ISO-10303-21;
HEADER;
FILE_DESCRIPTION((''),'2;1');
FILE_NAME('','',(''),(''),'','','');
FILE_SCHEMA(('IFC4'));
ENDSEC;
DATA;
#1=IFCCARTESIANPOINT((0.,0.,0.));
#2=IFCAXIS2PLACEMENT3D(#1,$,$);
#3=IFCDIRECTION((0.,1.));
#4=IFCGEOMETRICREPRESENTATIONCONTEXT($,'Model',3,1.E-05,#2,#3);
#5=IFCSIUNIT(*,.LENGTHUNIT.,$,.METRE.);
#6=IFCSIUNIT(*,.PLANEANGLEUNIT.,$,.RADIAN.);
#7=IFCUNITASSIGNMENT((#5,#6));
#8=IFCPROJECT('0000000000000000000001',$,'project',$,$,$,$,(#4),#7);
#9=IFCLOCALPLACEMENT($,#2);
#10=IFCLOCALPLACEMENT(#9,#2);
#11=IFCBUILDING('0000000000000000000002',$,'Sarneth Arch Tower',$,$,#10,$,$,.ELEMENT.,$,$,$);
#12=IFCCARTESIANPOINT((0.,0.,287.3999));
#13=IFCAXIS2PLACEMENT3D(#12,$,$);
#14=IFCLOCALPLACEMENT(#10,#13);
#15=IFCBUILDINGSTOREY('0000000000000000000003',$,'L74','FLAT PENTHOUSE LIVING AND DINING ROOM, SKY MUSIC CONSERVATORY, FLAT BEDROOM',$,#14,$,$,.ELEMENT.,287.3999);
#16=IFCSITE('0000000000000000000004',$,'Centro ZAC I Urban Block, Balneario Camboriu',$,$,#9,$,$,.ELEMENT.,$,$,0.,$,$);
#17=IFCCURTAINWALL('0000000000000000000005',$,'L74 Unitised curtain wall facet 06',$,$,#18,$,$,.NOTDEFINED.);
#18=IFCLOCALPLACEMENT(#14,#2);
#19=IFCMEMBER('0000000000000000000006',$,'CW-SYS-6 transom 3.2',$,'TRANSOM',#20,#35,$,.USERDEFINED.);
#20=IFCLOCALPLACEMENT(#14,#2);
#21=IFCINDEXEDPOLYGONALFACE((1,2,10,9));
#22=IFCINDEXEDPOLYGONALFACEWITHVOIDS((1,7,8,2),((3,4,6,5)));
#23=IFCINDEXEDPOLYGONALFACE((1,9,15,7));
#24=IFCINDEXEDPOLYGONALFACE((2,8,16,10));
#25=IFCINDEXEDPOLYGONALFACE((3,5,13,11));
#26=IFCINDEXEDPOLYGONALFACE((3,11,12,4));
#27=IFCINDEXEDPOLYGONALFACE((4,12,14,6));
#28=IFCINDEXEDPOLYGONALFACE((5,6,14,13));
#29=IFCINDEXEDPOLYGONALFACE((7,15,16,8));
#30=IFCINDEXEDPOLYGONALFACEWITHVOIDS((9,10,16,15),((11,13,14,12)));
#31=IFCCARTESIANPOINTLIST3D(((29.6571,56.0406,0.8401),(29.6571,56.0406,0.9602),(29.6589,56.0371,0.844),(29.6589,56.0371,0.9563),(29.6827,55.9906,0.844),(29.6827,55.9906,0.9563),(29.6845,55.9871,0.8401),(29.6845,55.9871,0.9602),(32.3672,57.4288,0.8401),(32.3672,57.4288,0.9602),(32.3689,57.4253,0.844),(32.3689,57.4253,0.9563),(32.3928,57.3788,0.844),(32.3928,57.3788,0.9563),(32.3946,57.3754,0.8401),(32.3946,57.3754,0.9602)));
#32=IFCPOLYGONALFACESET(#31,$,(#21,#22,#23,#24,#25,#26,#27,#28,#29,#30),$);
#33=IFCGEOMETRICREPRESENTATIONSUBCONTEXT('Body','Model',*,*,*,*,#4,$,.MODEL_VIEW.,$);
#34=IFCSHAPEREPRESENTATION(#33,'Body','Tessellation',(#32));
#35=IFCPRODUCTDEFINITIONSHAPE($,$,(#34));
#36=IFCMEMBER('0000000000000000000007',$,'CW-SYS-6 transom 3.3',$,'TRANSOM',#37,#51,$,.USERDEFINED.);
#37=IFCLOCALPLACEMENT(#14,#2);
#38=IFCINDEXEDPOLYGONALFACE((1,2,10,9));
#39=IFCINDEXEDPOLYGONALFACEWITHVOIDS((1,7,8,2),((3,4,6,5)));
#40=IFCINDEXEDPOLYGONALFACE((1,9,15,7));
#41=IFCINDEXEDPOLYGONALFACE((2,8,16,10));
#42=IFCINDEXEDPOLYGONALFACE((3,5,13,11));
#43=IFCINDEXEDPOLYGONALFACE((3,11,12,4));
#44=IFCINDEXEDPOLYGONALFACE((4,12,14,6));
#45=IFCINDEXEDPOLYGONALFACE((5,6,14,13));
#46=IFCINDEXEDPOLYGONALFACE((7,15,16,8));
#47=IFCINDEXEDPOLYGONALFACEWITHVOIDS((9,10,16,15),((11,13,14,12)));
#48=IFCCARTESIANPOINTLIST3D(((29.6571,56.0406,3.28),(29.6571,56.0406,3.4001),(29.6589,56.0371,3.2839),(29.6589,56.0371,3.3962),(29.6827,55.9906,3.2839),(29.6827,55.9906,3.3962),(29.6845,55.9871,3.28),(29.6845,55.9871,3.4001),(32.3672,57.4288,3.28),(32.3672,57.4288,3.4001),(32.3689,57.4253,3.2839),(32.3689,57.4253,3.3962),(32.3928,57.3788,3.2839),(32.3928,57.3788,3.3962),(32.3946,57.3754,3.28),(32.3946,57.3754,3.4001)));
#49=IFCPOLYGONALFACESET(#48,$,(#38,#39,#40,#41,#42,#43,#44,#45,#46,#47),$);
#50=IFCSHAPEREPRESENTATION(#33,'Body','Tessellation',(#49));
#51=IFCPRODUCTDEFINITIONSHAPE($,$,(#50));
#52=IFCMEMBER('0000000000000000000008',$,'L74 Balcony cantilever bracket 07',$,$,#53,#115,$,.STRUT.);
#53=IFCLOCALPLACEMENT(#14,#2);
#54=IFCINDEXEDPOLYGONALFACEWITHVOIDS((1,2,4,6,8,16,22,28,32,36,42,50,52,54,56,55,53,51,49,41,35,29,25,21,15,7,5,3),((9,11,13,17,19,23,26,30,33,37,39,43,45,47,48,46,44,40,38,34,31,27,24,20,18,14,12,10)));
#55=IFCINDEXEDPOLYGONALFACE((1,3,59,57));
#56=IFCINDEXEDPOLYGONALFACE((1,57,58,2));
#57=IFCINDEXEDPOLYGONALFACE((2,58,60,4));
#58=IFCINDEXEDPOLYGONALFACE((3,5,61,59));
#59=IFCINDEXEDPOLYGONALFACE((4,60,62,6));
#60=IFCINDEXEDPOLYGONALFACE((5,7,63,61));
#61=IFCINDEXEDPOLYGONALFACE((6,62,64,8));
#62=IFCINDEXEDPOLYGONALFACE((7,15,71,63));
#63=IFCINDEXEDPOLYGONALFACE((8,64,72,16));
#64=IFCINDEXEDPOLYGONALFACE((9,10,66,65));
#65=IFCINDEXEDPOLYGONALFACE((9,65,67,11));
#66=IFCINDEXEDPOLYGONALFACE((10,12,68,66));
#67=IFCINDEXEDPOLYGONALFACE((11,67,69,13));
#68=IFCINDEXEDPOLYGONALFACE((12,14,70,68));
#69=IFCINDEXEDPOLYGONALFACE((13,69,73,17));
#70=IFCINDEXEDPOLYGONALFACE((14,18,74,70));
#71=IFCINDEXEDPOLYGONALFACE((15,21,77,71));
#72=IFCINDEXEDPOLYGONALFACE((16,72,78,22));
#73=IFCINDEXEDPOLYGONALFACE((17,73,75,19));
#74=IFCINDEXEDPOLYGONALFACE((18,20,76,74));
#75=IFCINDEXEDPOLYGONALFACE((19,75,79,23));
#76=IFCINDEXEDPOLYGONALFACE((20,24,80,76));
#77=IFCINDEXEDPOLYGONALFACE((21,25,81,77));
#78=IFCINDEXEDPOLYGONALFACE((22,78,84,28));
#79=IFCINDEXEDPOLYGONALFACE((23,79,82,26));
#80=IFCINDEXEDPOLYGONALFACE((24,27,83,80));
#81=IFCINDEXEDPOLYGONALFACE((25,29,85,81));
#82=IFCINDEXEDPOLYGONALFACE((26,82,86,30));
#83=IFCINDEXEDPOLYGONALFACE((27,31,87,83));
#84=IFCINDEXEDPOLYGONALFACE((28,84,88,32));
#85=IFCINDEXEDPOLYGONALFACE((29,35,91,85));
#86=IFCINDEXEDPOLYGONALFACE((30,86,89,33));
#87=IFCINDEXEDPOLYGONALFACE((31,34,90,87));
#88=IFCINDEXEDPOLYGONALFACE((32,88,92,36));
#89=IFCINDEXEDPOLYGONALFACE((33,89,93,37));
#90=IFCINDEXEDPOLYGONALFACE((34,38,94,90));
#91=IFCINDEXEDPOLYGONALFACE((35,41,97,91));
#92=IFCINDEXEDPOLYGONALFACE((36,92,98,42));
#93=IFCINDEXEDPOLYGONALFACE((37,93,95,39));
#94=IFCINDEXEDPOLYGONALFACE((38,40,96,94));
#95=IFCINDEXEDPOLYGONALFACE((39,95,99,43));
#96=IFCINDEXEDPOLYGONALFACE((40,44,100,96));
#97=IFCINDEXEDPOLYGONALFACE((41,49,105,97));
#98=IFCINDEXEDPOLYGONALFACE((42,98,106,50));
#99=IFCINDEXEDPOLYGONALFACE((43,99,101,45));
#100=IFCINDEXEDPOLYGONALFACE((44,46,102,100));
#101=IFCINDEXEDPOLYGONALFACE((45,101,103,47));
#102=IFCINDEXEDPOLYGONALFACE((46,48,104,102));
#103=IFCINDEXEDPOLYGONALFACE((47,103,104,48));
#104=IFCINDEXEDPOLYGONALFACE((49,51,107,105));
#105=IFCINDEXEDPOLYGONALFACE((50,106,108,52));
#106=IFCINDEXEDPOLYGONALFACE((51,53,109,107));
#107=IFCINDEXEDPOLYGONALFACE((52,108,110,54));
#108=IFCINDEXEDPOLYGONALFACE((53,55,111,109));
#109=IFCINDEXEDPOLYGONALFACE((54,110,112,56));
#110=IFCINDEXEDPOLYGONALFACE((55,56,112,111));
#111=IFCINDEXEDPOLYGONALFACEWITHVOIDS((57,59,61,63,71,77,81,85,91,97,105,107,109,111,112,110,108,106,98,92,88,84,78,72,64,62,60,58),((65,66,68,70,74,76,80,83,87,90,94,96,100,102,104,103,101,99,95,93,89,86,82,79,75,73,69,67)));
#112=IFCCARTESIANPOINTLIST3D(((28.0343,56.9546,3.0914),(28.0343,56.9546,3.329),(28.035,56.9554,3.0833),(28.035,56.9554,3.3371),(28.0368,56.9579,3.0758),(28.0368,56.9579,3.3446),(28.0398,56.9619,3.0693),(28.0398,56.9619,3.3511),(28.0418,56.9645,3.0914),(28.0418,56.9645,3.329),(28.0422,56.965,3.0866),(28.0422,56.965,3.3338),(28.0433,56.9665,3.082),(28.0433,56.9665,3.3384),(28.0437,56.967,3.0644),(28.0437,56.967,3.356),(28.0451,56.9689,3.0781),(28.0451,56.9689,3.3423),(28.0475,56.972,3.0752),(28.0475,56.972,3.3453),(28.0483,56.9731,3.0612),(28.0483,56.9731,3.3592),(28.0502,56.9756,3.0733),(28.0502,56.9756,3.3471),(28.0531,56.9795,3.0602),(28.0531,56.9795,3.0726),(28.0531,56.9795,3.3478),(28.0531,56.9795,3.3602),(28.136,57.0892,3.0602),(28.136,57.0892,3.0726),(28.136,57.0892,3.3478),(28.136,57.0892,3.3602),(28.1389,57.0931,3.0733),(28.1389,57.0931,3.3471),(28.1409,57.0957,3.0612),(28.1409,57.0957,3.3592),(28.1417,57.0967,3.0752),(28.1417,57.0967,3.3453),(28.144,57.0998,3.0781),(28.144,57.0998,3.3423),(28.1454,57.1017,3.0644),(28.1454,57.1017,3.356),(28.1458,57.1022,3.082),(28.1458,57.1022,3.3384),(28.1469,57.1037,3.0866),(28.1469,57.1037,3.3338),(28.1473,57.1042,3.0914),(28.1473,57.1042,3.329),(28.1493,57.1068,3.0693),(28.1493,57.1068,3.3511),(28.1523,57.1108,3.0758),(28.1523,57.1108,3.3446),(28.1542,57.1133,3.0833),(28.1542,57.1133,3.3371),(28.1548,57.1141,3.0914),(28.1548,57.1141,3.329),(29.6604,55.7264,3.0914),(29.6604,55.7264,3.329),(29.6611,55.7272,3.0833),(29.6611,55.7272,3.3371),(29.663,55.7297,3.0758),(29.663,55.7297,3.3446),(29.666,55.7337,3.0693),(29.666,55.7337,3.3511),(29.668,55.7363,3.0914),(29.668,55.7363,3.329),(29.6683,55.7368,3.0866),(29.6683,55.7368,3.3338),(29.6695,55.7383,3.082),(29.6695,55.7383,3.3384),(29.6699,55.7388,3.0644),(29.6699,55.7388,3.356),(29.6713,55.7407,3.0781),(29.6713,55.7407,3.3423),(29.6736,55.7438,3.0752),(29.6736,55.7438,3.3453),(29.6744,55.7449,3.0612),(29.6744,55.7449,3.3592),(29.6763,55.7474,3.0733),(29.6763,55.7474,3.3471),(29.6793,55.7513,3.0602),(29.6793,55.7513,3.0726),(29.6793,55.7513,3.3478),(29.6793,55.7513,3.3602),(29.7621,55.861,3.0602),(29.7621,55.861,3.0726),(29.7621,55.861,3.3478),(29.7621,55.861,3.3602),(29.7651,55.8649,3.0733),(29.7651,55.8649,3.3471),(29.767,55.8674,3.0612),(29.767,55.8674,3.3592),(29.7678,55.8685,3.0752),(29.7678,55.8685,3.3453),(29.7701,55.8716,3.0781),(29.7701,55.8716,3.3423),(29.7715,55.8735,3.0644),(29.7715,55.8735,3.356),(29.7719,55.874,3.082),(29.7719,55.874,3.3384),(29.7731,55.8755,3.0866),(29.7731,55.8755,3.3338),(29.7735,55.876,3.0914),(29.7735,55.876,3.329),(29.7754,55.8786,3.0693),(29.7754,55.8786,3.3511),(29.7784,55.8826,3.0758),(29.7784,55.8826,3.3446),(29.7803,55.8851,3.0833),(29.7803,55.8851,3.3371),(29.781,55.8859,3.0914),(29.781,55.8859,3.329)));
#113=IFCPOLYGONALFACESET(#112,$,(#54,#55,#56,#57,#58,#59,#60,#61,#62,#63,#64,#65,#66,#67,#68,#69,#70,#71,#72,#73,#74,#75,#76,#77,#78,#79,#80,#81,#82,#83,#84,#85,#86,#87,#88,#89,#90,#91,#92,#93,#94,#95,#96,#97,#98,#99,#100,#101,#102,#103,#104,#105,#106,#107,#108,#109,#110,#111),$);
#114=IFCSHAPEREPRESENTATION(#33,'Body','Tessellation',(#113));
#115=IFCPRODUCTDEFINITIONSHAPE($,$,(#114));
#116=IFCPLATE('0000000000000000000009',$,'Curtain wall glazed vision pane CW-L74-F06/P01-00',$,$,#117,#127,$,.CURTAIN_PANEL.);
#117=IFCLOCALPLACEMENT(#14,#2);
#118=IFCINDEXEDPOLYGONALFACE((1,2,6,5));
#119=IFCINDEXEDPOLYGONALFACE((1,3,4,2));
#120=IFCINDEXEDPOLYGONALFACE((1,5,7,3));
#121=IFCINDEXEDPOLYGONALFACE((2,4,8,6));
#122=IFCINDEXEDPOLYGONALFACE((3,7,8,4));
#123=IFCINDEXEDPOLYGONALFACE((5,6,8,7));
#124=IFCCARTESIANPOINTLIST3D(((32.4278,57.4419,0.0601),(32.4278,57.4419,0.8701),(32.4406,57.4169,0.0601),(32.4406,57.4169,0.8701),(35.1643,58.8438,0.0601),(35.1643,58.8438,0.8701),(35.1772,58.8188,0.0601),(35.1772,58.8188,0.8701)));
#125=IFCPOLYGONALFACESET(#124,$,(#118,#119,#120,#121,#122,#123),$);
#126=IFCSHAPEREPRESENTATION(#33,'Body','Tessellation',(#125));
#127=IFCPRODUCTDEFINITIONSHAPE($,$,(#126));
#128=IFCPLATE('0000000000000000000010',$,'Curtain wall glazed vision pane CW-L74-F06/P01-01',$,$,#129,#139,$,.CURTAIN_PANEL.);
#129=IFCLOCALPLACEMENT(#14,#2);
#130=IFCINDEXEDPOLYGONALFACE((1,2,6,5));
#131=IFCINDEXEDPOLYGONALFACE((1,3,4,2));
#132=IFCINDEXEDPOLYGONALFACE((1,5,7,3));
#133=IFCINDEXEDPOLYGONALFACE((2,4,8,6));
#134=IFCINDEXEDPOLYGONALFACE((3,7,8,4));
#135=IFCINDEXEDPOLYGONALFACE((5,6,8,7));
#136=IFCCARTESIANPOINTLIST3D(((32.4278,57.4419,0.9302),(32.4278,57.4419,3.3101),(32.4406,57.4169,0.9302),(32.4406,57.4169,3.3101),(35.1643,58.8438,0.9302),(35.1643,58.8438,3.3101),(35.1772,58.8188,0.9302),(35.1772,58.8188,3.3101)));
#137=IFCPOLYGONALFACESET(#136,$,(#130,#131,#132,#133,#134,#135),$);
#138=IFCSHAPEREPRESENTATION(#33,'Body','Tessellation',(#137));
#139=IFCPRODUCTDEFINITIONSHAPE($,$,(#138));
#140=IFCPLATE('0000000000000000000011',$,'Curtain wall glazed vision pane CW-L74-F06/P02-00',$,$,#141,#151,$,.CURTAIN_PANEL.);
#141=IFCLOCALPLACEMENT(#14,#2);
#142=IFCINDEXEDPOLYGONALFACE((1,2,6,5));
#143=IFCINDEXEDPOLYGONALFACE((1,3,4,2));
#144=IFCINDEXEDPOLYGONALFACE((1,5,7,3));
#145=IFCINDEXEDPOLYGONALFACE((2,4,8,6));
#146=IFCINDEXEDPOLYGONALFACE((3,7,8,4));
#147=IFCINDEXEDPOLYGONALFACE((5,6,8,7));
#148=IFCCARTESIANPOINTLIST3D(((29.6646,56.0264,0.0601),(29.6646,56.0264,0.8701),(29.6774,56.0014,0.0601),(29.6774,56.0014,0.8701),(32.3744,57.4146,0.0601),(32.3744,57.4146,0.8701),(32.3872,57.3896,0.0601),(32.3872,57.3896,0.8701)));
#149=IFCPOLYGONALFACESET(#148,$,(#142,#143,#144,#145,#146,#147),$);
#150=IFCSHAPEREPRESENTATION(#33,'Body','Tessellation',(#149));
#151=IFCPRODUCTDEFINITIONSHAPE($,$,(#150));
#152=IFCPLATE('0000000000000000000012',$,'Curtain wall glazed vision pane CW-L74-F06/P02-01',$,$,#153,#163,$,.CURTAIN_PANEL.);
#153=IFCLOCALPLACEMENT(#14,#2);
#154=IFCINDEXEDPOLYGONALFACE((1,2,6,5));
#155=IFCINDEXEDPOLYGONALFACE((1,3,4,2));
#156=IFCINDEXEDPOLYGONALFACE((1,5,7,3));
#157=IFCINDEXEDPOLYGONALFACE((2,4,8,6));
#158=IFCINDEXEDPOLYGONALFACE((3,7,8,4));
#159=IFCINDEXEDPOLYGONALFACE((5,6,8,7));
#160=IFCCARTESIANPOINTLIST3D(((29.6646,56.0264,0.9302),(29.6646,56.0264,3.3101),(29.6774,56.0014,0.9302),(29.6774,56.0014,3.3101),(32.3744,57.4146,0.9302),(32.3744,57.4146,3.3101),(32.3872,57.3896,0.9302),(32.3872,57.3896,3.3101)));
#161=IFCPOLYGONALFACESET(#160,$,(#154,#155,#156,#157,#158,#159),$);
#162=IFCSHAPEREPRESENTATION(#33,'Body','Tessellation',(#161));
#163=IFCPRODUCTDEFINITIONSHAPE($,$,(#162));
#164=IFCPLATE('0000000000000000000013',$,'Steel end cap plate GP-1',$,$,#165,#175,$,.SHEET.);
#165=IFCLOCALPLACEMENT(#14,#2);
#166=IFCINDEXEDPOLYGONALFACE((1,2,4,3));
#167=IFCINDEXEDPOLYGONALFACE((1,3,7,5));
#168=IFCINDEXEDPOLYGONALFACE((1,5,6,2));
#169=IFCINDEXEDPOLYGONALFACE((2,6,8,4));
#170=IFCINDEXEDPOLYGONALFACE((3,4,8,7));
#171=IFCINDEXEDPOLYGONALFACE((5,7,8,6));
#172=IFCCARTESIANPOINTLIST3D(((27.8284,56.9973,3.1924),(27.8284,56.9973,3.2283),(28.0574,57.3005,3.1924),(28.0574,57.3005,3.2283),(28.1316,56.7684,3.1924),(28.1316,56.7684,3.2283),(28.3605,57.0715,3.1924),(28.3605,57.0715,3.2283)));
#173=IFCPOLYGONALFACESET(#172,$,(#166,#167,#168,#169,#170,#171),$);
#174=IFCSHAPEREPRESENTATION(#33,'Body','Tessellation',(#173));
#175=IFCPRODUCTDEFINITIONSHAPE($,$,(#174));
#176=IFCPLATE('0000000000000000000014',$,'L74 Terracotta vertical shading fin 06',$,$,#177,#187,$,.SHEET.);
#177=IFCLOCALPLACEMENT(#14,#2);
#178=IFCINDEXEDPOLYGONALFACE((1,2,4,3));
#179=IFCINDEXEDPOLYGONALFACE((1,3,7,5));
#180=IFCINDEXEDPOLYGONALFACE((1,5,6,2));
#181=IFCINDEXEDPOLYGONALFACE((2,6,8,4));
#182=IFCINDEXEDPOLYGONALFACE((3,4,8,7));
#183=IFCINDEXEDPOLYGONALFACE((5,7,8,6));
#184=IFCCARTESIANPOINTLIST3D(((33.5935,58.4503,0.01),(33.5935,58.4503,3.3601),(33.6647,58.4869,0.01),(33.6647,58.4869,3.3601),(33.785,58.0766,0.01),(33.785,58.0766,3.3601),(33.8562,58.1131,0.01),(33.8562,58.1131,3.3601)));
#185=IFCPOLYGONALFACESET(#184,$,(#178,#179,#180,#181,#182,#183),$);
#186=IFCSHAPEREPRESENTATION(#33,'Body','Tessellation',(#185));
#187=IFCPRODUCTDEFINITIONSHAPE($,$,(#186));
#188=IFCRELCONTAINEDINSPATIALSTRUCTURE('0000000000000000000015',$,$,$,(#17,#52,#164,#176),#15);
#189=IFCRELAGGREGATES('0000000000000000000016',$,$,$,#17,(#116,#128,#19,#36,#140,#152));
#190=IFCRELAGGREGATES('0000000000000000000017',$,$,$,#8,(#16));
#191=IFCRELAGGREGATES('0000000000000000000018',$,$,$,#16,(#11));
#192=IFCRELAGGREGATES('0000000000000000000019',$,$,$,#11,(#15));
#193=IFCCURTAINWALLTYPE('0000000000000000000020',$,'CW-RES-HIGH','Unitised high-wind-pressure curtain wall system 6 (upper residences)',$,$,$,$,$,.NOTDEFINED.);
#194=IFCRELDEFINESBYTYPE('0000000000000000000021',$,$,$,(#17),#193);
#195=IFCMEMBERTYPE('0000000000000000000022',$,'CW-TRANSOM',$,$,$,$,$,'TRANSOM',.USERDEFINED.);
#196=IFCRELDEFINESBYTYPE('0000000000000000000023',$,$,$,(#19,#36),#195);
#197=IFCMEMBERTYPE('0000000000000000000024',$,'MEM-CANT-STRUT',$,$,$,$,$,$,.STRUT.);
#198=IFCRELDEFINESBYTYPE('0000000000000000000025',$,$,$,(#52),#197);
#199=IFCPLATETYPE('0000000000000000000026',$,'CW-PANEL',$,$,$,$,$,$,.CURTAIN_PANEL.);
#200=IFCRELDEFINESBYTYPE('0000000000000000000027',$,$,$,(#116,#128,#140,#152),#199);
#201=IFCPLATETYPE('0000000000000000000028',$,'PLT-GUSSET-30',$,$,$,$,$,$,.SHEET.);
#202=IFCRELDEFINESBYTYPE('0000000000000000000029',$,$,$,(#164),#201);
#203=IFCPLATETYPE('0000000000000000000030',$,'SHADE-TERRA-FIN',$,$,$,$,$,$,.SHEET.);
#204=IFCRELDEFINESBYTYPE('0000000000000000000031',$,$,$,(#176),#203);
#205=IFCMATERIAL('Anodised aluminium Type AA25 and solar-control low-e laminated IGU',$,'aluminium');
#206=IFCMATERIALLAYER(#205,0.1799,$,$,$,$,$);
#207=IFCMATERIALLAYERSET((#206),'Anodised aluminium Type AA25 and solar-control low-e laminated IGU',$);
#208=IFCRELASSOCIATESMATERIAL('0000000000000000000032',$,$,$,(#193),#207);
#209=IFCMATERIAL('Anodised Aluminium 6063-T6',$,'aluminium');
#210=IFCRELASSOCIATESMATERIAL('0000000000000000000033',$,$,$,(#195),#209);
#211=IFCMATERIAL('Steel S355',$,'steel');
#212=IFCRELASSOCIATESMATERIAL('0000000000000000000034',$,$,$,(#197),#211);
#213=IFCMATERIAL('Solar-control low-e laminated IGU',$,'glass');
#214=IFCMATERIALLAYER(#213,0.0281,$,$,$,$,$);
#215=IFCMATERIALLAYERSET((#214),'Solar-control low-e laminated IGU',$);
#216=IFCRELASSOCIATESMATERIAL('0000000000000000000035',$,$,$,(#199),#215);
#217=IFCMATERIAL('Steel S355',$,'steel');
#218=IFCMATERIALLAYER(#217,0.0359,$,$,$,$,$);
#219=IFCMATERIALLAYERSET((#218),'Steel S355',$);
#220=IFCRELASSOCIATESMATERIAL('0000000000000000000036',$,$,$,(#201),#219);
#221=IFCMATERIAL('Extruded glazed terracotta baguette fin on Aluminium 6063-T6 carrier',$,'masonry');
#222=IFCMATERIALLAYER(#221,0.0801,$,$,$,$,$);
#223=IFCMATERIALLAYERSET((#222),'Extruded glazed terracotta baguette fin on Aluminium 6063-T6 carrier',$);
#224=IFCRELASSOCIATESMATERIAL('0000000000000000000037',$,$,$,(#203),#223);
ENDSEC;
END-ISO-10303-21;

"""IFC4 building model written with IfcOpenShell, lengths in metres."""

from ifc_helpers import new_model, si_unit, direction, frame, origin, origin_2d, place, context, subcontext, project, spatial, rectangle, hollow_rectangle, extrude, material, layer, layer_set, material_profile, profile_set, type_object, element, aggregate, save


model = new_model("IFC4")

# Units and contexts
model_context = context("Model", 3, precision=1e-05, world=origin(), true_north=direction((0.0, 1.0)))
body_context = subcontext(model_context, "Body", "Model", "MODEL_VIEW")
ifc_project = project(units=[si_unit("LENGTHUNIT", "METRE"), si_unit("PLANEANGLEUNIT", "RADIAN")], contexts=[model_context])

# Site, building, storey
site_placement = place(None, origin())
site = spatial("IfcSite", under=ifc_project, at=site_placement, Name="Centro ZAC I Urban Block, Balneario Camboriu", CompositionType="ELEMENT", RefElevation=0.0)
building_placement = place(site_placement, origin())
building = spatial("IfcBuilding", under=site, at=building_placement, Name="Sarneth Arch Tower", CompositionType="ELEMENT")
storey_placement = place(building_placement, frame((0.0, 0.0, 287.3999)))
storey = spatial("IfcBuildingStorey", under=building, at=storey_placement, Name="L74", Description="FLAT PENTHOUSE LIVING AND DINING ROOM, SKY MUSIC CONSERVATORY, FLAT BEDROOM", CompositionType="ELEMENT", Elevation=287.3999)

# Curtain wall, members
ifc_material_1 = material(Name="Anodised aluminium Type AA25 and solar-control low-e laminated IGU", Category="aluminium")
ifc_layer_1 = layer(ifc_material_1, 0.1799)
ifc_layer_set_1 = layer_set([ifc_layer_1], Name="Anodised aluminium Type AA25 and solar-control low-e laminated IGU")
curtain_wall_type = type_object("IfcCurtainWallType", Name="CW-RES-HIGH", Description="Unitised high-wind-pressure curtain wall system 6 (upper residences)", PredefinedType="NOTDEFINED", material=ifc_layer_set_1)
curtain_wall_placement = place(storey_placement, origin())
curtain_wall = element("IfcCurtainWall", 1, at=curtain_wall_placement, inside=storey, type_object=curtain_wall_type, Name="L74 Unitised curtain wall facet 06", PredefinedType="NOTDEFINED")
ifc_material_2 = material(Name="Anodised Aluminium 6063-T6", Category="aluminium")
ifc_material_profile_1 = material_profile(ifc_material_2, hollow_rectangle(XDim=0.0601, YDim=0.1201, WallThickness=0.0039, at=origin_2d()), Name="AL-TRAN-120x60x4")
ifc_profile_set_1 = profile_set([ifc_material_profile_1], Name="Anodised Aluminium 6063-T6")
member_type_1 = type_object("IfcMemberType", Name="CW-TRANSOM", ElementType="TRANSOM", PredefinedType="USERDEFINED", material=ifc_profile_set_1)
member_1_placement = place(storey_placement, frame((32.3809, 57.4021, 0.9001), z_axis=(-0.890023, -0.455916, 0.0), x_axis=(0.455916, -0.890023, 0.0)))
member_1 = element("IfcMember", 2, at=member_1_placement, type_object=member_type_1, Name="CW-SYS-6 transom 3.2", ObjectType="TRANSOM", PredefinedType="USERDEFINED", context=body_context, shape_type="SweptSolid", body=[
    extrude(hollow_rectangle(XDim=0.0601, YDim=0.1201, WallThickness=0.0039, at=origin_2d()), origin(), (0.0, 0.0, 1.0), 3.0449),
])
member_2_placement = place(storey_placement, frame((32.3809, 57.4021, 3.3401), z_axis=(-0.890023, -0.455916, 0.0), x_axis=(0.455916, -0.890023, 0.0)))
member_2 = element("IfcMember", 3, at=member_2_placement, type_object=member_type_1, Name="CW-SYS-6 transom 3.3", ObjectType="TRANSOM", PredefinedType="USERDEFINED", context=body_context, shape_type="SweptSolid", body=[
    extrude(hollow_rectangle(XDim=0.0601, YDim=0.1201, WallThickness=0.0039, at=origin_2d()), origin(), (0.0, 0.0, 1.0), 3.0449),
])

# Member
ifc_material_3 = material(Name="Steel S355", Category="steel")
ifc_material_profile_2 = material_profile(ifc_material_3, hollow_rectangle(XDim=0.2, YDim=0.3, WallThickness=0.0125, InnerFilletRadius=0.0188, OuterFilletRadius=0.0312, at=origin_2d()), Name="RHS300x200x12.5")
ifc_profile_set_2 = profile_set([ifc_material_profile_2], Name="Steel S355")
member_type_2 = type_object("IfcMemberType", Name="MEM-CANT-STRUT", PredefinedType="STRUT", material=ifc_profile_set_2)
member_3_placement = place(storey_placement, frame((29.7207, 55.8062, 3.2102), z_axis=(-0.797968, 0.602699, 0.0), x_axis=(-0.602699, -0.797968, 0.0)))
element("IfcMember", 4, at=member_3_placement, inside=storey, type_object=member_type_2, Name="L74 Balcony cantilever bracket 07", PredefinedType="STRUT", context=body_context, shape_type="SweptSolid", body=[
    extrude(hollow_rectangle(XDim=0.2, YDim=0.3, WallThickness=0.0125, InnerFilletRadius=0.0188, OuterFilletRadius=0.0312, at=origin_2d()), origin(), (0.0, 0.0, 1.0), 2.0378),
])

# Plates
ifc_material_4 = material(Name="Solar-control low-e laminated IGU", Category="glass")
ifc_layer_2 = layer(ifc_material_4, 0.0281)
ifc_layer_set_2 = layer_set([ifc_layer_2], Name="Solar-control low-e laminated IGU")
plate_type_1 = type_object("IfcPlateType", Name="CW-PANEL", PredefinedType="CURTAIN_PANEL", material=ifc_layer_set_2)
plate_1_placement = place(storey_placement, frame((33.8025, 58.1304, 0.0601), z_axis=(0.0, 0.0, 1.0), x_axis=(-0.89001, -0.455942, 0.0)))
plate_1 = element("IfcPlate", 5, at=plate_1_placement, type_object=plate_type_1, Name="Curtain wall glazed vision pane CW-L74-F06/P01-00", PredefinedType="CURTAIN_PANEL", context=body_context, shape_type="SweptSolid", body=[
    extrude(rectangle(XDim=3.0747, YDim=0.0281, at=origin_2d()), origin(), (0.0, 0.0, 1.0), 0.8101),
])
plate_2_placement = place(storey_placement, frame((33.8025, 58.1304, 0.9302), z_axis=(0.0, 0.0, 1.0), x_axis=(-0.89001, -0.455942, 0.0)))
plate_2 = element("IfcPlate", 6, at=plate_2_placement, type_object=plate_type_1, Name="Curtain wall glazed vision pane CW-L74-F06/P01-01", PredefinedType="CURTAIN_PANEL", context=body_context, shape_type="SweptSolid", body=[
    extrude(rectangle(XDim=3.0747, YDim=0.0281, at=origin_2d()), origin(), (0.0, 0.0, 1.0), 2.3799),
])
plate_3_placement = place(storey_placement, frame((31.0259, 56.708, 0.0601), z_axis=(0.0, 0.0, 1.0), x_axis=(-0.89001, -0.455942, 0.0)))
plate_3 = element("IfcPlate", 7, at=plate_3_placement, type_object=plate_type_1, Name="Curtain wall glazed vision pane CW-L74-F06/P02-00", PredefinedType="CURTAIN_PANEL", context=body_context, shape_type="SweptSolid", body=[
    extrude(rectangle(XDim=3.0447, YDim=0.0281, at=origin_2d()), origin(), (0.0, 0.0, 1.0), 0.8101),
])
plate_4_placement = place(storey_placement, frame((31.0259, 56.708, 0.9302), z_axis=(0.0, 0.0, 1.0), x_axis=(-0.89001, -0.455942, 0.0)))
plate_4 = element("IfcPlate", 8, at=plate_4_placement, type_object=plate_type_1, Name="Curtain wall glazed vision pane CW-L74-F06/P02-01", PredefinedType="CURTAIN_PANEL", context=body_context, shape_type="SweptSolid", body=[
    extrude(rectangle(XDim=3.0447, YDim=0.0281, at=origin_2d()), origin(), (0.0, 0.0, 1.0), 2.3799),
])
aggregate(curtain_wall, [plate_1, plate_2, member_1, member_2, plate_3, plate_4])

# Plates
ifc_material_5 = material(Name="Steel S355", Category="steel")
ifc_layer_3 = layer(ifc_material_5, 0.0359)
ifc_layer_set_3 = layer_set([ifc_layer_3], Name="Steel S355")
plate_type_2 = type_object("IfcPlateType", Name="PLT-GUSSET-30", PredefinedType="SHEET", material=ifc_layer_set_3)
plate_5_placement = place(storey_placement, frame((28.0945, 57.0344, 3.1924), z_axis=(0.0, 0.0, 1.0), x_axis=(-0.798005, 0.602651, 0.0)))
element("IfcPlate", 9, at=plate_5_placement, inside=storey, type_object=plate_type_2, Name="Steel end cap plate GP-1", PredefinedType="SHEET", context=body_context, shape_type="SweptSolid", body=[
    extrude(rectangle(XDim=0.3799, YDim=0.3799, at=origin_2d()), origin(), (0.0, 0.0, 1.0), 0.0359),
])
ifc_material_6 = material(Name="Extruded glazed terracotta baguette fin on Aluminium 6063-T6 carrier", Category="masonry")
ifc_layer_4 = layer(ifc_material_6, 0.0801)
ifc_layer_set_4 = layer_set([ifc_layer_4], Name="Extruded glazed terracotta baguette fin on Aluminium 6063-T6 carrier")
plate_type_3 = type_object("IfcPlateType", Name="SHADE-TERRA-FIN", PredefinedType="SHEET", material=ifc_layer_set_4)
plate_6_placement = place(storey_placement, frame((33.7249, 58.2817, 0.01), z_axis=(0.0, 0.0, 1.0), x_axis=(-0.456011, 0.889974, 0.0)))
element("IfcPlate", 10, at=plate_6_placement, inside=storey, type_object=plate_type_3, Name="L74 Terracotta vertical shading fin 06", PredefinedType="SHEET", context=body_context, shape_type="SweptSolid", body=[
    extrude(rectangle(XDim=0.4199, YDim=0.0801, at=origin_2d()), origin(), (0.0, 0.0, 1.0), 3.3501),
])

save(model, "model.ifc")
